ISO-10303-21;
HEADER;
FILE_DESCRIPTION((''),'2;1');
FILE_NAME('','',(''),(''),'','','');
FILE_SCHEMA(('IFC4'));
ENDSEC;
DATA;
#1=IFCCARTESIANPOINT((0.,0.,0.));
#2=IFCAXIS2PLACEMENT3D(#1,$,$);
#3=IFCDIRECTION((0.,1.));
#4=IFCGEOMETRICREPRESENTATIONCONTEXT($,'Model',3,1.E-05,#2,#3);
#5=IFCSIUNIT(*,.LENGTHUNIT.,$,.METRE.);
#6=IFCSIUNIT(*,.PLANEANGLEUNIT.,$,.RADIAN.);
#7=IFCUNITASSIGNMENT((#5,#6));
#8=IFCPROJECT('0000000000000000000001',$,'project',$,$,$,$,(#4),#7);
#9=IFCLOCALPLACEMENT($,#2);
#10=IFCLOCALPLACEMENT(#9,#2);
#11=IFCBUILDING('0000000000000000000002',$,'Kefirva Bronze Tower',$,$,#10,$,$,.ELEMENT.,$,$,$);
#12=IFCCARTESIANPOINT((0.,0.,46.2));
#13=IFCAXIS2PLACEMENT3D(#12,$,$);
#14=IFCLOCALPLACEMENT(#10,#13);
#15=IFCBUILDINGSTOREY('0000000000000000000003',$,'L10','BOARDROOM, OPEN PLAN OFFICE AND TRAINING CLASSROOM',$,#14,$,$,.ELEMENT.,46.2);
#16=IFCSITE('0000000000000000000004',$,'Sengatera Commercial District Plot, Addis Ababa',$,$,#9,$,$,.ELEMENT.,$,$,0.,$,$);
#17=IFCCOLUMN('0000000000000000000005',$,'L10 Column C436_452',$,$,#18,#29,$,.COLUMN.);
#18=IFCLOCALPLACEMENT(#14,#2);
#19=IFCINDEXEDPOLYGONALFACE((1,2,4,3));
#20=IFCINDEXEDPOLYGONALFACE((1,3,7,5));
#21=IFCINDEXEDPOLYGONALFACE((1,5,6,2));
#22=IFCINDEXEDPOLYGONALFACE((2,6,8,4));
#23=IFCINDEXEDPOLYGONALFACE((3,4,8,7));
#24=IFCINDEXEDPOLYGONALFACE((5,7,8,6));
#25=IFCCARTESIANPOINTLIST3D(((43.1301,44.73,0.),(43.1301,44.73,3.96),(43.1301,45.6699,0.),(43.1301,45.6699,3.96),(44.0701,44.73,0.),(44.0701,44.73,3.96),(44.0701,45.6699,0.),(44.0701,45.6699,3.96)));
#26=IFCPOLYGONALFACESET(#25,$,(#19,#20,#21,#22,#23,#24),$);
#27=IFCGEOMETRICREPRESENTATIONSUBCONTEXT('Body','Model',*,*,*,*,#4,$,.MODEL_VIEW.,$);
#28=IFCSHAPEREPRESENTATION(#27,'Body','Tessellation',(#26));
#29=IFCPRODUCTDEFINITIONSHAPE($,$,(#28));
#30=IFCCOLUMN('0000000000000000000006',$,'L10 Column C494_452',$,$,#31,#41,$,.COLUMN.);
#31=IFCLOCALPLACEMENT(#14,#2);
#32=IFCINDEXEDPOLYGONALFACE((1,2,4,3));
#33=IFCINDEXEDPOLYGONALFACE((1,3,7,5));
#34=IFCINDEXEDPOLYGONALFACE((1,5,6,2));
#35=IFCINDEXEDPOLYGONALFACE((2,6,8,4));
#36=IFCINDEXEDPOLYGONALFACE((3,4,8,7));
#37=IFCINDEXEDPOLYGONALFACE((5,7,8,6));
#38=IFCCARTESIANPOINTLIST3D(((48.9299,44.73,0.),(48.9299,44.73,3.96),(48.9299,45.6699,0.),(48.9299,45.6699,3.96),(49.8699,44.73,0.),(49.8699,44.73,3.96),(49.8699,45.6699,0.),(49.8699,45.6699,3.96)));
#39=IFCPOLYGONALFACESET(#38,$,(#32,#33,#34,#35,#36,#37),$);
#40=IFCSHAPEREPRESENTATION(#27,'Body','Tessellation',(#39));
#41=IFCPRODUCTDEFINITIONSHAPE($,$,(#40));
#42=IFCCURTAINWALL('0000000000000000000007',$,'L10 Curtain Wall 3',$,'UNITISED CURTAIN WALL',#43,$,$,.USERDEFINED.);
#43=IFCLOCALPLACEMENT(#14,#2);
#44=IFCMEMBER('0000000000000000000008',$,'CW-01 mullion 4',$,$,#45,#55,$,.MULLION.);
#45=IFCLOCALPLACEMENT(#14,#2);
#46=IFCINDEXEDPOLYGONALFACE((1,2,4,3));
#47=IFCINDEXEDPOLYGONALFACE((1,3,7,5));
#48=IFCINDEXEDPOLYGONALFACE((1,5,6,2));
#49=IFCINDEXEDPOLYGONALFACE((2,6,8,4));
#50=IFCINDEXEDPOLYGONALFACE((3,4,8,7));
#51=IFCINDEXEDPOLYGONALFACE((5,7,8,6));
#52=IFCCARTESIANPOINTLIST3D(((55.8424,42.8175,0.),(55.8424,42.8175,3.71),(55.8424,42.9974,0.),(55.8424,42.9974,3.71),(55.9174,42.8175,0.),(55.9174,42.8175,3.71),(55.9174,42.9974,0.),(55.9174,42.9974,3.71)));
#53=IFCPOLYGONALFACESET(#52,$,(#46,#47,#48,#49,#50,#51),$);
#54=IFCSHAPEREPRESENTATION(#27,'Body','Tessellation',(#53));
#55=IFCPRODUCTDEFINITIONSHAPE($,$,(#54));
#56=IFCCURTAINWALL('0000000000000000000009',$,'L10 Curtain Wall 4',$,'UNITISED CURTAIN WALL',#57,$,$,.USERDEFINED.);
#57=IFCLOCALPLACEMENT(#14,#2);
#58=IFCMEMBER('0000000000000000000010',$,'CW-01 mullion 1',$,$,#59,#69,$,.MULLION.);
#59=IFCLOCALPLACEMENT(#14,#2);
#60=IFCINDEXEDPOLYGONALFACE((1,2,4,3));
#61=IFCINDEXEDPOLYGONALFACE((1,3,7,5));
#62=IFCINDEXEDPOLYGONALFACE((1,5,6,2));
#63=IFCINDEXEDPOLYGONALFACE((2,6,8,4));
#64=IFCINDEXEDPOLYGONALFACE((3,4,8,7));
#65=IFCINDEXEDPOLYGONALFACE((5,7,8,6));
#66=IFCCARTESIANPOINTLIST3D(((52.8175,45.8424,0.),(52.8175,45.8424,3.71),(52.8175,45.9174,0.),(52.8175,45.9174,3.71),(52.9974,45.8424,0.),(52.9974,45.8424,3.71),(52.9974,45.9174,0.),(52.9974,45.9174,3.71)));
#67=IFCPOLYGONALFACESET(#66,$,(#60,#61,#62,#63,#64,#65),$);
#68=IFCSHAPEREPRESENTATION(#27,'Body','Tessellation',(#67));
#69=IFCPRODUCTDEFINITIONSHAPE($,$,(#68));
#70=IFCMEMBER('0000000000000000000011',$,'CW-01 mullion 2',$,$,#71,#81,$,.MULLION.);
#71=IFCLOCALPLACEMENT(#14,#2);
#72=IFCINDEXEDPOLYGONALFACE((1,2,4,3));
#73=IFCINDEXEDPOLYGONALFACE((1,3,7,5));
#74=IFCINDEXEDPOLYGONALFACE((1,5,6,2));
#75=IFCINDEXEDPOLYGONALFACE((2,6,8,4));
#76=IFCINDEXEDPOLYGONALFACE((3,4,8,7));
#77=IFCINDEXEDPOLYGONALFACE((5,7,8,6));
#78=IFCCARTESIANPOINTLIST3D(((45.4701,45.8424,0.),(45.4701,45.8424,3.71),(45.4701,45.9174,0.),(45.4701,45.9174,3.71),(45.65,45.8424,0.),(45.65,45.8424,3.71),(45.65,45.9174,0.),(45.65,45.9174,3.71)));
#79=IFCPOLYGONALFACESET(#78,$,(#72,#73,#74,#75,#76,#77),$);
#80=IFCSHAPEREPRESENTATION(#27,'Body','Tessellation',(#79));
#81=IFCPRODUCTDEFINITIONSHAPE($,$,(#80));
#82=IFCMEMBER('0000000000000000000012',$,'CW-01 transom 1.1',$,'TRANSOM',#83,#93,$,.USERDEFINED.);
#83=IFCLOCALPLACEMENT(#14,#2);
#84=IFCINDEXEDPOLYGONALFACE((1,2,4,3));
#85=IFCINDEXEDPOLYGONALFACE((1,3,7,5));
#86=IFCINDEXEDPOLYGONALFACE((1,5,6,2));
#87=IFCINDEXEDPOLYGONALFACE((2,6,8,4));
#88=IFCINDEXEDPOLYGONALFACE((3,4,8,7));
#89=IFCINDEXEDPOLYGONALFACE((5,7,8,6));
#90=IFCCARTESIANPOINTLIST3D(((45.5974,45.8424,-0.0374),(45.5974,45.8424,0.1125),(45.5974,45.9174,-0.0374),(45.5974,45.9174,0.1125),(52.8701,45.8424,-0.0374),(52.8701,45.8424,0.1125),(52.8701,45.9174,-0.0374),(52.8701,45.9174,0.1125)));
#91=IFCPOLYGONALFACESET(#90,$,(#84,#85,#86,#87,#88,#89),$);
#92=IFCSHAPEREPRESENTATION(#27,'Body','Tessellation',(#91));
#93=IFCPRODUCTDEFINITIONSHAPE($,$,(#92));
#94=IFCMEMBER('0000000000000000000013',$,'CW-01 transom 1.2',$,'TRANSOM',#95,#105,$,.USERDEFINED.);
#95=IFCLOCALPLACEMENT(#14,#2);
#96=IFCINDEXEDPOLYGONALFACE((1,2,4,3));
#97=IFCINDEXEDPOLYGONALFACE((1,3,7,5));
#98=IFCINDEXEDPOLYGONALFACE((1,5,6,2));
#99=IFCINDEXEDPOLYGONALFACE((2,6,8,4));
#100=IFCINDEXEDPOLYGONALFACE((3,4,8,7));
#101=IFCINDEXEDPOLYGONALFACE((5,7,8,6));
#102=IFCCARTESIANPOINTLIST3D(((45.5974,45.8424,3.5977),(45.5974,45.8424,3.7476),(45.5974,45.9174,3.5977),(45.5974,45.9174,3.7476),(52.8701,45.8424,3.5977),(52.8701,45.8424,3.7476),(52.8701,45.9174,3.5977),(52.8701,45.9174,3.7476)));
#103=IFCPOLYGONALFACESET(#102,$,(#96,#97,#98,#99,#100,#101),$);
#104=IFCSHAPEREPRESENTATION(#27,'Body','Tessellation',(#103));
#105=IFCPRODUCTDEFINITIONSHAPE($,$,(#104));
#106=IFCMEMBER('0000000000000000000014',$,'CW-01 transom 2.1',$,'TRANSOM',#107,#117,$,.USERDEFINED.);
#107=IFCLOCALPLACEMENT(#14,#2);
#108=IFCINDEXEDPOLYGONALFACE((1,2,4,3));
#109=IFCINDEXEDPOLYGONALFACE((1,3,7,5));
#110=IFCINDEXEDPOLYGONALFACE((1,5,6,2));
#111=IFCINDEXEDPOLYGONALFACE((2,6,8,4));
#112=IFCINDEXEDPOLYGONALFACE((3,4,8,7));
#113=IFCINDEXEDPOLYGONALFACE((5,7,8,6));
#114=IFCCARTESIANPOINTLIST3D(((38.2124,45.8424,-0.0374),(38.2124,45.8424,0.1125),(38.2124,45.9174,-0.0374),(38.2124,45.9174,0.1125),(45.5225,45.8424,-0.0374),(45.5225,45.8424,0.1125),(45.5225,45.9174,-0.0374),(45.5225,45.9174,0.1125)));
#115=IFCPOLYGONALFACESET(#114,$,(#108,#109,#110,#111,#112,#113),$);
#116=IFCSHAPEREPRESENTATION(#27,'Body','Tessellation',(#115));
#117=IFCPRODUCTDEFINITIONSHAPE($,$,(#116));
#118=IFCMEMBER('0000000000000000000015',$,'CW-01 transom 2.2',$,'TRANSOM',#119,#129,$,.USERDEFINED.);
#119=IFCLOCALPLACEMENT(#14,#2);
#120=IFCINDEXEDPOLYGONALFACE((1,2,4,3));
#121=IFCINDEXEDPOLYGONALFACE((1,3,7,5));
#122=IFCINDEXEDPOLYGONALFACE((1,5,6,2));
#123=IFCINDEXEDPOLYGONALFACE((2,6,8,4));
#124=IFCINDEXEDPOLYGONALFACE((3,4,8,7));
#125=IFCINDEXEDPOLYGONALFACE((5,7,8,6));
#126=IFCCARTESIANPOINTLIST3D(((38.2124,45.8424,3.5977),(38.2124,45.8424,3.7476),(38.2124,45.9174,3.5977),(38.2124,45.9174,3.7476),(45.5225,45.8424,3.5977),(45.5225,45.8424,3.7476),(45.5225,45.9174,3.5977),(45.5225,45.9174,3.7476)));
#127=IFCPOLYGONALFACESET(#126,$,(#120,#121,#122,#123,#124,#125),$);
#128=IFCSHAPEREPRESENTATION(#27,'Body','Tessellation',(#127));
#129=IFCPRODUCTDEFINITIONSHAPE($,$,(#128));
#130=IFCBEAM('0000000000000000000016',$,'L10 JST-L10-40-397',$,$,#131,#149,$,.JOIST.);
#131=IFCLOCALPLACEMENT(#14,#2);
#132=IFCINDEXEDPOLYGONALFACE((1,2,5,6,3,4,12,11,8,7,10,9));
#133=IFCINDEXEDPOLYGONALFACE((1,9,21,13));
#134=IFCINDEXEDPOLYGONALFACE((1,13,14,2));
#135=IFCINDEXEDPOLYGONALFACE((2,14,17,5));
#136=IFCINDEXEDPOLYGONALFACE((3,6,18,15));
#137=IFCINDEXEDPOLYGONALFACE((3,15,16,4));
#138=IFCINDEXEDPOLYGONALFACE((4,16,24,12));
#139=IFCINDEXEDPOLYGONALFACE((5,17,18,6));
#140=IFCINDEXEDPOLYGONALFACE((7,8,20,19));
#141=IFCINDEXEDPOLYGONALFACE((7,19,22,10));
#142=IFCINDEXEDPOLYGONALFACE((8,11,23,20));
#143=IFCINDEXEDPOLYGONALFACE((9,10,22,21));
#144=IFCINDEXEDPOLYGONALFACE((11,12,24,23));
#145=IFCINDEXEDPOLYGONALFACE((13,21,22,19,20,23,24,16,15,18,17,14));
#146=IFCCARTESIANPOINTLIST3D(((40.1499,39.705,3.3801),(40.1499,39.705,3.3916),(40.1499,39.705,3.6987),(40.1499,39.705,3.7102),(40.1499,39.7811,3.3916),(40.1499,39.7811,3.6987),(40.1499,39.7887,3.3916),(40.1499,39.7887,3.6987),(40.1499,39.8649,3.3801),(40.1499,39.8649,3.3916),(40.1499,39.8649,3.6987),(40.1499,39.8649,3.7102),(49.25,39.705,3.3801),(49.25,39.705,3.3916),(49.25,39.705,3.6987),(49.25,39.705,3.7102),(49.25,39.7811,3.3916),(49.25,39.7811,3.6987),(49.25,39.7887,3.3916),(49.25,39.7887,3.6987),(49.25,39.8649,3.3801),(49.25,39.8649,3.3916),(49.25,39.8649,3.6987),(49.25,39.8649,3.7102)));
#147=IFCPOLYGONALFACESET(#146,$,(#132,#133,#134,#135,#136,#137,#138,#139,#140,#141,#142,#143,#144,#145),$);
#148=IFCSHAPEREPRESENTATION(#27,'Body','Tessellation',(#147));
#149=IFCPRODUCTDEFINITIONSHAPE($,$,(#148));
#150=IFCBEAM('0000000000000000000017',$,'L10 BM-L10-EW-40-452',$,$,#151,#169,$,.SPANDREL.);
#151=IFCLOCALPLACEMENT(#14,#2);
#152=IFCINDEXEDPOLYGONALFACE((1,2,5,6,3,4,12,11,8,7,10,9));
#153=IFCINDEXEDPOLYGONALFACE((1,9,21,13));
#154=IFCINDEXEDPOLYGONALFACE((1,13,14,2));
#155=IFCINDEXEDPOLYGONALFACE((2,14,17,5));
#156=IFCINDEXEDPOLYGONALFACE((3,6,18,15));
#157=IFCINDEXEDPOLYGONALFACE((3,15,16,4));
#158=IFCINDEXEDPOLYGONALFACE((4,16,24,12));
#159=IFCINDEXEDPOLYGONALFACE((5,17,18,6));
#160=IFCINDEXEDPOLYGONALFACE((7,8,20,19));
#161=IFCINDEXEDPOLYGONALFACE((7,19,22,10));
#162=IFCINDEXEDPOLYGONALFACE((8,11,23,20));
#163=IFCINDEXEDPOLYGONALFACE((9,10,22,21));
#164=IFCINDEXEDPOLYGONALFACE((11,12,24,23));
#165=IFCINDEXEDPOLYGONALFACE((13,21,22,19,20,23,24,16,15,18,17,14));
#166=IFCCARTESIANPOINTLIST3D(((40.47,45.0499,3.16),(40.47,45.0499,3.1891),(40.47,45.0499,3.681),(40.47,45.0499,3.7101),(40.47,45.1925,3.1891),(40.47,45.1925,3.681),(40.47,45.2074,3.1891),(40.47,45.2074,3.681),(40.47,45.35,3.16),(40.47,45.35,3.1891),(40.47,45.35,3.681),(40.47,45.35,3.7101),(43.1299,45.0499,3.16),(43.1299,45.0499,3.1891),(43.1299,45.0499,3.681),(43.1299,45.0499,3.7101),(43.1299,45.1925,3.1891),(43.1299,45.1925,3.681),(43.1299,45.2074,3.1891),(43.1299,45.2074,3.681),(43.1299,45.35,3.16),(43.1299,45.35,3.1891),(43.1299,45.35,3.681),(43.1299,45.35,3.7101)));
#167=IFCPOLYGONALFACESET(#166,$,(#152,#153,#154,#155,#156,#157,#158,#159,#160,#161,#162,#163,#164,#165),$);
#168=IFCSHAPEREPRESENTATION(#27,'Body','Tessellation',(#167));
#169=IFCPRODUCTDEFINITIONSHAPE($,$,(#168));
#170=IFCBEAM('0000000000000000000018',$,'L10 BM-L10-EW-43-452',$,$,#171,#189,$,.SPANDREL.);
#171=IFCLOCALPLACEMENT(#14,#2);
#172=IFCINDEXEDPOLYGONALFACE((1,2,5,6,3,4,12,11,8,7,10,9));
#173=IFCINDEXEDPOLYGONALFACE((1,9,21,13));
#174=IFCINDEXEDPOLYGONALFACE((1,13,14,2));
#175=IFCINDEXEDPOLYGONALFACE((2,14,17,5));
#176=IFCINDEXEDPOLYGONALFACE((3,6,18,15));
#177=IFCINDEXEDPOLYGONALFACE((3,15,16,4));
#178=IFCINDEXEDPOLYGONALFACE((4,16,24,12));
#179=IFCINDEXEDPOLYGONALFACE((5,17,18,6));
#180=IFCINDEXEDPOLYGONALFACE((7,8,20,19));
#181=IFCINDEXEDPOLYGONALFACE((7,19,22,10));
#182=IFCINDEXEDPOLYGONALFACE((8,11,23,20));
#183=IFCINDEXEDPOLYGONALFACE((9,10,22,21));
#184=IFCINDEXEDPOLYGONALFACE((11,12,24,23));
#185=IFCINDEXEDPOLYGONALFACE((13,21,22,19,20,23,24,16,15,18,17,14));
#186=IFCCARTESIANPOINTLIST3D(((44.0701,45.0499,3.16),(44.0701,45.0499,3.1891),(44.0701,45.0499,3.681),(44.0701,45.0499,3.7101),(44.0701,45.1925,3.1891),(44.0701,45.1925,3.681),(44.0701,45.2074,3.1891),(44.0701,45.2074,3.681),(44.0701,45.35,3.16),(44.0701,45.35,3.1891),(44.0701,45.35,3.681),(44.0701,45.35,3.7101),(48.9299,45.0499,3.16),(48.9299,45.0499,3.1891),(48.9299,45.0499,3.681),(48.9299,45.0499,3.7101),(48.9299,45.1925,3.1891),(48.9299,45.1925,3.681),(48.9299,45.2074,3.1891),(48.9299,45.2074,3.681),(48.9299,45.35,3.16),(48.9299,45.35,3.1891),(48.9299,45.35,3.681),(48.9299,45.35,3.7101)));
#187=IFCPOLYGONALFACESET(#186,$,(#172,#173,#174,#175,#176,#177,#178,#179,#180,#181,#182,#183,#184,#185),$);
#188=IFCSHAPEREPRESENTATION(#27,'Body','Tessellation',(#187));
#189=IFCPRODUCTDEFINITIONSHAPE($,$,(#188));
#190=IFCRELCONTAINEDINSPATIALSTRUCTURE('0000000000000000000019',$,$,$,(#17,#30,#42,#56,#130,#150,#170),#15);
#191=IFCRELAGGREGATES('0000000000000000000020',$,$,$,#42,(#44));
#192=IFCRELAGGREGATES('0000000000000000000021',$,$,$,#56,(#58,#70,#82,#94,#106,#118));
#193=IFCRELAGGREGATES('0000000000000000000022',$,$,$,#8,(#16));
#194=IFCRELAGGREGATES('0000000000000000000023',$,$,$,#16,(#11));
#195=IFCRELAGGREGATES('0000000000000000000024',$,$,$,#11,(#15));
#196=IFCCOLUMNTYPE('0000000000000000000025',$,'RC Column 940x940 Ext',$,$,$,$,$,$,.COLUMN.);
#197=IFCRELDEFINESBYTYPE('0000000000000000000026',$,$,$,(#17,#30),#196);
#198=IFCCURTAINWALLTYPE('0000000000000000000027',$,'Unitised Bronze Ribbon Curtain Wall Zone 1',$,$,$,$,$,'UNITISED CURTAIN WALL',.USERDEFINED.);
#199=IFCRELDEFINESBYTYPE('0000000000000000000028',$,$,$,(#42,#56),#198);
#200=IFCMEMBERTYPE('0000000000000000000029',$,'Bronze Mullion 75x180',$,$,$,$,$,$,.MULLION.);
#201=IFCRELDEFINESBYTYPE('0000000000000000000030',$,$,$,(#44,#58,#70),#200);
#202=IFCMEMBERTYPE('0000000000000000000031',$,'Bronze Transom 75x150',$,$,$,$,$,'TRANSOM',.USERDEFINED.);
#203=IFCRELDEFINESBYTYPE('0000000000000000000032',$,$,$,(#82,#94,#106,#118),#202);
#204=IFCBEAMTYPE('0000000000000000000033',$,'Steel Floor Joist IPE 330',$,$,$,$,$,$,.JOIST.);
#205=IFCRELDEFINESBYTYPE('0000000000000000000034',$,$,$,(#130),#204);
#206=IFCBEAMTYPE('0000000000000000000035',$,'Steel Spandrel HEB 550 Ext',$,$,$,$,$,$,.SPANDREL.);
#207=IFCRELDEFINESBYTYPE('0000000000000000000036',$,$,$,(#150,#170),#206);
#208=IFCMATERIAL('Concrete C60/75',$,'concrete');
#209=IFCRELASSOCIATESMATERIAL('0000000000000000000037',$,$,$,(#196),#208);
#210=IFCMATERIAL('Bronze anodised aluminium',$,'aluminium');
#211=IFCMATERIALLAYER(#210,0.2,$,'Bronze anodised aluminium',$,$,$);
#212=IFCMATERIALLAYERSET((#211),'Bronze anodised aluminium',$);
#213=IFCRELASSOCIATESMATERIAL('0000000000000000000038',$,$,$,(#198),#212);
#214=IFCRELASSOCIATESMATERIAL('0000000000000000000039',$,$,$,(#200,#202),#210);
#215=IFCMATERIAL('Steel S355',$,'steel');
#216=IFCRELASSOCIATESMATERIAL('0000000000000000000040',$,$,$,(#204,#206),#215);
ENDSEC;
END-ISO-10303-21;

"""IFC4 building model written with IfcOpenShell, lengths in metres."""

from ifc_helpers import new_model, si_unit, direction, frame, origin, origin_2d, place, context, subcontext, project, spatial, rectangle, i_section, extrude, material, layer, layer_set, material_profile, profile_set, type_object, element, aggregate, save


model = new_model("IFC4")

# Units and contexts
model_context = context("Model", 3, precision=1e-05, world=origin(), true_north=direction((0.0, 1.0)))
body_context = subcontext(model_context, "Body", "Model", "MODEL_VIEW")
ifc_project = project(units=[si_unit("LENGTHUNIT", "METRE"), si_unit("PLANEANGLEUNIT", "RADIAN")], contexts=[model_context])

# Site, building, storey
site_placement = place(None, origin())
site = spatial("IfcSite", under=ifc_project, at=site_placement, Name="Sengatera Commercial District Plot, Addis Ababa", CompositionType="ELEMENT", RefElevation=0.0)
building_placement = place(site_placement, origin())
building = spatial("IfcBuilding", under=site, at=building_placement, Name="Kefirva Bronze Tower", CompositionType="ELEMENT")
storey_placement = place(building_placement, frame((0.0, 0.0, 46.2)))
storey = spatial("IfcBuildingStorey", under=building, at=storey_placement, Name="L10", Description="BOARDROOM, OPEN PLAN OFFICE AND TRAINING CLASSROOM", CompositionType="ELEMENT", Elevation=46.2)

# Columns
ifc_material_1 = material(Name="Concrete C60/75", Category="concrete")
ifc_material_profile_1 = material_profile(ifc_material_1, rectangle(XDim=0.9399, YDim=0.9399, at=origin_2d()), Name="RC 940x940")
ifc_profile_set_1 = profile_set([ifc_material_profile_1], Name="Concrete C60/75")
column_type = type_object("IfcColumnType", Name="RC Column 940x940 Ext", PredefinedType="COLUMN", material=ifc_profile_set_1)
for number, where, z_axis, x_axis, name in (
    (1, (43.6001, 45.2, 0.0), (0.0, 0.0, 1.0), (1.0, 0.0, 0.0), "L10 Column C436_452"),
    (2, (49.3999, 45.2, 0.0), (0.0, 0.0, 1.0), (1.0, 0.0, 0.0), "L10 Column C494_452"),
):
    element("IfcColumn", number, at=place(storey_placement, frame(where, z_axis=z_axis, x_axis=x_axis)), inside=storey, type_object=column_type, Name=name, PredefinedType="COLUMN", context=body_context, shape_type="SweptSolid", body=[
        extrude(rectangle(XDim=0.9399, YDim=0.9399, at=origin_2d()), origin(), (0.0, 0.0, 1.0), 3.96),
    ])

# Curtain wall, member
ifc_material_2 = material(Name="Bronze anodised aluminium", Category="aluminium")
ifc_layer_1 = layer(ifc_material_2, 0.2, Name="Bronze anodised aluminium")
ifc_layer_set_1 = layer_set([ifc_layer_1], Name="Bronze anodised aluminium")
curtain_wall_type = type_object("IfcCurtainWallType", Name="Unitised Bronze Ribbon Curtain Wall Zone 1", ElementType="UNITISED CURTAIN WALL", PredefinedType="USERDEFINED", material=ifc_layer_set_1)
curtain_wall_1_placement = place(storey_placement, origin())
curtain_wall_1 = element("IfcCurtainWall", 3, at=curtain_wall_1_placement, inside=storey, type_object=curtain_wall_type, Name="L10 Curtain Wall 3", ObjectType="UNITISED CURTAIN WALL", PredefinedType="USERDEFINED")
ifc_material_profile_2 = material_profile(ifc_material_2, rectangle(XDim=0.075, YDim=0.1799, at=origin_2d()), Name="ALU 75x180")
ifc_profile_set_2 = profile_set([ifc_material_profile_2], Name="Bronze anodised aluminium")
member_type_1 = type_object("IfcMemberType", Name="Bronze Mullion 75x180", PredefinedType="MULLION", material=ifc_profile_set_2)
member_1_placement = place(storey_placement, frame((55.8799, 42.9075, 0.0), z_axis=(0.0, 0.0, 1.0), x_axis=(-1.0, 0.0, 0.0)))
member_1 = element("IfcMember", 4, at=member_1_placement, type_object=member_type_1, Name="CW-01 mullion 4", PredefinedType="MULLION", context=body_context, shape_type="SweptSolid", body=[
    extrude(rectangle(XDim=0.075, YDim=0.1799, at=origin_2d()), origin(), (0.0, 0.0, 1.0), 3.71),
])
aggregate(curtain_wall_1, [member_1])

# Curtain wall, members
curtain_wall_2_placement = place(storey_placement, origin())
curtain_wall_2 = element("IfcCurtainWall", 5, at=curtain_wall_2_placement, inside=storey, type_object=curtain_wall_type, Name="L10 Curtain Wall 4", ObjectType="UNITISED CURTAIN WALL", PredefinedType="USERDEFINED")
member_2_placement = place(storey_placement, frame((52.9075, 45.8799, 0.0), z_axis=(0.0, 0.0, 1.0), x_axis=(0.0, -1.0, 0.0)))
member_2 = element("IfcMember", 6, at=member_2_placement, type_object=member_type_1, Name="CW-01 mullion 1", PredefinedType="MULLION", context=body_context, shape_type="SweptSolid", body=[
    extrude(rectangle(XDim=0.075, YDim=0.1799, at=origin_2d()), origin(), (0.0, 0.0, 1.0), 3.71),
])
member_3_placement = place(storey_placement, frame((45.5601, 45.8799, 0.0), z_axis=(0.0, 0.0, 1.0), x_axis=(0.0, -1.0, 0.0)))
member_3 = element("IfcMember", 7, at=member_3_placement, type_object=member_type_1, Name="CW-01 mullion 2", PredefinedType="MULLION", context=body_context, shape_type="SweptSolid", body=[
    extrude(rectangle(XDim=0.075, YDim=0.1799, at=origin_2d()), origin(), (0.0, 0.0, 1.0), 3.71),
])
ifc_material_profile_3 = material_profile(ifc_material_2, rectangle(XDim=0.075, YDim=0.1499, at=origin_2d()), Name="ALU 75x150")
ifc_profile_set_3 = profile_set([ifc_material_profile_3], Name="Bronze anodised aluminium")
member_type_2 = type_object("IfcMemberType", Name="Bronze Transom 75x150", ElementType="TRANSOM", PredefinedType="USERDEFINED", material=ifc_profile_set_3)
member_4_placement = place(storey_placement, frame((52.8701, 45.8799, 0.0376), z_axis=(-1.0, 0.0, 0.0), x_axis=(0.0, -1.0, 0.0)))
member_4 = element("IfcMember", 8, at=member_4_placement, type_object=member_type_2, Name="CW-01 transom 1.1", ObjectType="TRANSOM", PredefinedType="USERDEFINED", context=body_context, shape_type="SweptSolid", body=[
    extrude(rectangle(XDim=0.075, YDim=0.1499, at=origin_2d()), origin(), (0.0, 0.0, 1.0), 7.2727),
])
member_5_placement = place(storey_placement, frame((52.8701, 45.8799, 3.6726), z_axis=(-1.0, 0.0, 0.0), x_axis=(0.0, -1.0, 0.0)))
member_5 = element("IfcMember", 9, at=member_5_placement, type_object=member_type_2, Name="CW-01 transom 1.2", ObjectType="TRANSOM", PredefinedType="USERDEFINED", context=body_context, shape_type="SweptSolid", body=[
    extrude(rectangle(XDim=0.075, YDim=0.1499, at=origin_2d()), origin(), (0.0, 0.0, 1.0), 7.2727),
])
member_6_placement = place(storey_placement, frame((45.5225, 45.8799, 0.0376), z_axis=(-1.0, 0.0, 0.0), x_axis=(0.0, -1.0, 0.0)))
member_6 = element("IfcMember", 10, at=member_6_placement, type_object=member_type_2, Name="CW-01 transom 2.1", ObjectType="TRANSOM", PredefinedType="USERDEFINED", context=body_context, shape_type="SweptSolid", body=[
    extrude(rectangle(XDim=0.075, YDim=0.1499, at=origin_2d()), origin(), (0.0, 0.0, 1.0), 7.3101),
])
member_7_placement = place(storey_placement, frame((45.5225, 45.8799, 3.6726), z_axis=(-1.0, 0.0, 0.0), x_axis=(0.0, -1.0, 0.0)))
member_7 = element("IfcMember", 11, at=member_7_placement, type_object=member_type_2, Name="CW-01 transom 2.2", ObjectType="TRANSOM", PredefinedType="USERDEFINED", context=body_context, shape_type="SweptSolid", body=[
    extrude(rectangle(XDim=0.075, YDim=0.1499, at=origin_2d()), origin(), (0.0, 0.0, 1.0), 7.3101),
])

# Beams
ifc_material_3 = material(Name="Steel S355", Category="steel")
ifc_material_profile_4 = material_profile(ifc_material_3, i_section(OverallWidth=0.1599, OverallDepth=0.3301, WebThickness=0.0076, FlangeThickness=0.0115, at=origin_2d()), Name="IPE 330")
ifc_profile_set_4 = profile_set([ifc_material_profile_4], Name="Steel S355")
beam_type_1 = type_object("IfcBeamType", Name="Steel Floor Joist IPE 330", PredefinedType="JOIST", material=ifc_profile_set_4)
beam_1_placement = place(storey_placement, frame((40.1499, 39.7849, 3.5452), z_axis=(1.0, 0.0, 0.0), x_axis=(0.0, 1.0, 0.0)))
element("IfcBeam", 12, at=beam_1_placement, inside=storey, type_object=beam_type_1, Name="L10 JST-L10-40-397", PredefinedType="JOIST", context=body_context, shape_type="SweptSolid", body=[
    extrude(i_section(OverallWidth=0.1599, OverallDepth=0.3301, WebThickness=0.0076, FlangeThickness=0.0115, at=origin_2d()), origin(), (0.0, 0.0, 1.0), 9.1001),
])
ifc_material_profile_5 = material_profile(ifc_material_3, i_section(OverallWidth=0.3, OverallDepth=0.55, WebThickness=0.0149, FlangeThickness=0.0291, at=origin_2d()), Name="HEB 550")
ifc_profile_set_5 = profile_set([ifc_material_profile_5], Name="Steel S355")
beam_type_2 = type_object("IfcBeamType", Name="Steel Spandrel HEB 550 Ext", PredefinedType="SPANDREL", material=ifc_profile_set_5)
beam_2_placement = place(storey_placement, frame((40.47, 45.2, 3.4351), z_axis=(1.0, 0.0, 0.0), x_axis=(0.0, 1.0, 0.0)))
element("IfcBeam", 13, at=beam_2_placement, inside=storey, type_object=beam_type_2, Name="L10 BM-L10-EW-40-452", PredefinedType="SPANDREL", context=body_context, shape_type="SweptSolid", body=[
    extrude(i_section(OverallWidth=0.3, OverallDepth=0.55, WebThickness=0.0149, FlangeThickness=0.0291, at=origin_2d()), origin(), (0.0, 0.0, 1.0), 2.6599),
])
beam_3_placement = place(storey_placement, frame((44.0701, 45.2, 3.4351), z_axis=(1.0, 0.0, 0.0), x_axis=(0.0, 1.0, 0.0)))
element("IfcBeam", 14, at=beam_3_placement, inside=storey, type_object=beam_type_2, Name="L10 BM-L10-EW-43-452", PredefinedType="SPANDREL", context=body_context, shape_type="SweptSolid", body=[
    extrude(i_section(OverallWidth=0.3, OverallDepth=0.55, WebThickness=0.0149, FlangeThickness=0.0291, at=origin_2d()), origin(), (0.0, 0.0, 1.0), 4.8599),
])

aggregate(curtain_wall_2, [member_2, member_3, member_4, member_5, member_6, member_7])

save(model, "model.ifc")
